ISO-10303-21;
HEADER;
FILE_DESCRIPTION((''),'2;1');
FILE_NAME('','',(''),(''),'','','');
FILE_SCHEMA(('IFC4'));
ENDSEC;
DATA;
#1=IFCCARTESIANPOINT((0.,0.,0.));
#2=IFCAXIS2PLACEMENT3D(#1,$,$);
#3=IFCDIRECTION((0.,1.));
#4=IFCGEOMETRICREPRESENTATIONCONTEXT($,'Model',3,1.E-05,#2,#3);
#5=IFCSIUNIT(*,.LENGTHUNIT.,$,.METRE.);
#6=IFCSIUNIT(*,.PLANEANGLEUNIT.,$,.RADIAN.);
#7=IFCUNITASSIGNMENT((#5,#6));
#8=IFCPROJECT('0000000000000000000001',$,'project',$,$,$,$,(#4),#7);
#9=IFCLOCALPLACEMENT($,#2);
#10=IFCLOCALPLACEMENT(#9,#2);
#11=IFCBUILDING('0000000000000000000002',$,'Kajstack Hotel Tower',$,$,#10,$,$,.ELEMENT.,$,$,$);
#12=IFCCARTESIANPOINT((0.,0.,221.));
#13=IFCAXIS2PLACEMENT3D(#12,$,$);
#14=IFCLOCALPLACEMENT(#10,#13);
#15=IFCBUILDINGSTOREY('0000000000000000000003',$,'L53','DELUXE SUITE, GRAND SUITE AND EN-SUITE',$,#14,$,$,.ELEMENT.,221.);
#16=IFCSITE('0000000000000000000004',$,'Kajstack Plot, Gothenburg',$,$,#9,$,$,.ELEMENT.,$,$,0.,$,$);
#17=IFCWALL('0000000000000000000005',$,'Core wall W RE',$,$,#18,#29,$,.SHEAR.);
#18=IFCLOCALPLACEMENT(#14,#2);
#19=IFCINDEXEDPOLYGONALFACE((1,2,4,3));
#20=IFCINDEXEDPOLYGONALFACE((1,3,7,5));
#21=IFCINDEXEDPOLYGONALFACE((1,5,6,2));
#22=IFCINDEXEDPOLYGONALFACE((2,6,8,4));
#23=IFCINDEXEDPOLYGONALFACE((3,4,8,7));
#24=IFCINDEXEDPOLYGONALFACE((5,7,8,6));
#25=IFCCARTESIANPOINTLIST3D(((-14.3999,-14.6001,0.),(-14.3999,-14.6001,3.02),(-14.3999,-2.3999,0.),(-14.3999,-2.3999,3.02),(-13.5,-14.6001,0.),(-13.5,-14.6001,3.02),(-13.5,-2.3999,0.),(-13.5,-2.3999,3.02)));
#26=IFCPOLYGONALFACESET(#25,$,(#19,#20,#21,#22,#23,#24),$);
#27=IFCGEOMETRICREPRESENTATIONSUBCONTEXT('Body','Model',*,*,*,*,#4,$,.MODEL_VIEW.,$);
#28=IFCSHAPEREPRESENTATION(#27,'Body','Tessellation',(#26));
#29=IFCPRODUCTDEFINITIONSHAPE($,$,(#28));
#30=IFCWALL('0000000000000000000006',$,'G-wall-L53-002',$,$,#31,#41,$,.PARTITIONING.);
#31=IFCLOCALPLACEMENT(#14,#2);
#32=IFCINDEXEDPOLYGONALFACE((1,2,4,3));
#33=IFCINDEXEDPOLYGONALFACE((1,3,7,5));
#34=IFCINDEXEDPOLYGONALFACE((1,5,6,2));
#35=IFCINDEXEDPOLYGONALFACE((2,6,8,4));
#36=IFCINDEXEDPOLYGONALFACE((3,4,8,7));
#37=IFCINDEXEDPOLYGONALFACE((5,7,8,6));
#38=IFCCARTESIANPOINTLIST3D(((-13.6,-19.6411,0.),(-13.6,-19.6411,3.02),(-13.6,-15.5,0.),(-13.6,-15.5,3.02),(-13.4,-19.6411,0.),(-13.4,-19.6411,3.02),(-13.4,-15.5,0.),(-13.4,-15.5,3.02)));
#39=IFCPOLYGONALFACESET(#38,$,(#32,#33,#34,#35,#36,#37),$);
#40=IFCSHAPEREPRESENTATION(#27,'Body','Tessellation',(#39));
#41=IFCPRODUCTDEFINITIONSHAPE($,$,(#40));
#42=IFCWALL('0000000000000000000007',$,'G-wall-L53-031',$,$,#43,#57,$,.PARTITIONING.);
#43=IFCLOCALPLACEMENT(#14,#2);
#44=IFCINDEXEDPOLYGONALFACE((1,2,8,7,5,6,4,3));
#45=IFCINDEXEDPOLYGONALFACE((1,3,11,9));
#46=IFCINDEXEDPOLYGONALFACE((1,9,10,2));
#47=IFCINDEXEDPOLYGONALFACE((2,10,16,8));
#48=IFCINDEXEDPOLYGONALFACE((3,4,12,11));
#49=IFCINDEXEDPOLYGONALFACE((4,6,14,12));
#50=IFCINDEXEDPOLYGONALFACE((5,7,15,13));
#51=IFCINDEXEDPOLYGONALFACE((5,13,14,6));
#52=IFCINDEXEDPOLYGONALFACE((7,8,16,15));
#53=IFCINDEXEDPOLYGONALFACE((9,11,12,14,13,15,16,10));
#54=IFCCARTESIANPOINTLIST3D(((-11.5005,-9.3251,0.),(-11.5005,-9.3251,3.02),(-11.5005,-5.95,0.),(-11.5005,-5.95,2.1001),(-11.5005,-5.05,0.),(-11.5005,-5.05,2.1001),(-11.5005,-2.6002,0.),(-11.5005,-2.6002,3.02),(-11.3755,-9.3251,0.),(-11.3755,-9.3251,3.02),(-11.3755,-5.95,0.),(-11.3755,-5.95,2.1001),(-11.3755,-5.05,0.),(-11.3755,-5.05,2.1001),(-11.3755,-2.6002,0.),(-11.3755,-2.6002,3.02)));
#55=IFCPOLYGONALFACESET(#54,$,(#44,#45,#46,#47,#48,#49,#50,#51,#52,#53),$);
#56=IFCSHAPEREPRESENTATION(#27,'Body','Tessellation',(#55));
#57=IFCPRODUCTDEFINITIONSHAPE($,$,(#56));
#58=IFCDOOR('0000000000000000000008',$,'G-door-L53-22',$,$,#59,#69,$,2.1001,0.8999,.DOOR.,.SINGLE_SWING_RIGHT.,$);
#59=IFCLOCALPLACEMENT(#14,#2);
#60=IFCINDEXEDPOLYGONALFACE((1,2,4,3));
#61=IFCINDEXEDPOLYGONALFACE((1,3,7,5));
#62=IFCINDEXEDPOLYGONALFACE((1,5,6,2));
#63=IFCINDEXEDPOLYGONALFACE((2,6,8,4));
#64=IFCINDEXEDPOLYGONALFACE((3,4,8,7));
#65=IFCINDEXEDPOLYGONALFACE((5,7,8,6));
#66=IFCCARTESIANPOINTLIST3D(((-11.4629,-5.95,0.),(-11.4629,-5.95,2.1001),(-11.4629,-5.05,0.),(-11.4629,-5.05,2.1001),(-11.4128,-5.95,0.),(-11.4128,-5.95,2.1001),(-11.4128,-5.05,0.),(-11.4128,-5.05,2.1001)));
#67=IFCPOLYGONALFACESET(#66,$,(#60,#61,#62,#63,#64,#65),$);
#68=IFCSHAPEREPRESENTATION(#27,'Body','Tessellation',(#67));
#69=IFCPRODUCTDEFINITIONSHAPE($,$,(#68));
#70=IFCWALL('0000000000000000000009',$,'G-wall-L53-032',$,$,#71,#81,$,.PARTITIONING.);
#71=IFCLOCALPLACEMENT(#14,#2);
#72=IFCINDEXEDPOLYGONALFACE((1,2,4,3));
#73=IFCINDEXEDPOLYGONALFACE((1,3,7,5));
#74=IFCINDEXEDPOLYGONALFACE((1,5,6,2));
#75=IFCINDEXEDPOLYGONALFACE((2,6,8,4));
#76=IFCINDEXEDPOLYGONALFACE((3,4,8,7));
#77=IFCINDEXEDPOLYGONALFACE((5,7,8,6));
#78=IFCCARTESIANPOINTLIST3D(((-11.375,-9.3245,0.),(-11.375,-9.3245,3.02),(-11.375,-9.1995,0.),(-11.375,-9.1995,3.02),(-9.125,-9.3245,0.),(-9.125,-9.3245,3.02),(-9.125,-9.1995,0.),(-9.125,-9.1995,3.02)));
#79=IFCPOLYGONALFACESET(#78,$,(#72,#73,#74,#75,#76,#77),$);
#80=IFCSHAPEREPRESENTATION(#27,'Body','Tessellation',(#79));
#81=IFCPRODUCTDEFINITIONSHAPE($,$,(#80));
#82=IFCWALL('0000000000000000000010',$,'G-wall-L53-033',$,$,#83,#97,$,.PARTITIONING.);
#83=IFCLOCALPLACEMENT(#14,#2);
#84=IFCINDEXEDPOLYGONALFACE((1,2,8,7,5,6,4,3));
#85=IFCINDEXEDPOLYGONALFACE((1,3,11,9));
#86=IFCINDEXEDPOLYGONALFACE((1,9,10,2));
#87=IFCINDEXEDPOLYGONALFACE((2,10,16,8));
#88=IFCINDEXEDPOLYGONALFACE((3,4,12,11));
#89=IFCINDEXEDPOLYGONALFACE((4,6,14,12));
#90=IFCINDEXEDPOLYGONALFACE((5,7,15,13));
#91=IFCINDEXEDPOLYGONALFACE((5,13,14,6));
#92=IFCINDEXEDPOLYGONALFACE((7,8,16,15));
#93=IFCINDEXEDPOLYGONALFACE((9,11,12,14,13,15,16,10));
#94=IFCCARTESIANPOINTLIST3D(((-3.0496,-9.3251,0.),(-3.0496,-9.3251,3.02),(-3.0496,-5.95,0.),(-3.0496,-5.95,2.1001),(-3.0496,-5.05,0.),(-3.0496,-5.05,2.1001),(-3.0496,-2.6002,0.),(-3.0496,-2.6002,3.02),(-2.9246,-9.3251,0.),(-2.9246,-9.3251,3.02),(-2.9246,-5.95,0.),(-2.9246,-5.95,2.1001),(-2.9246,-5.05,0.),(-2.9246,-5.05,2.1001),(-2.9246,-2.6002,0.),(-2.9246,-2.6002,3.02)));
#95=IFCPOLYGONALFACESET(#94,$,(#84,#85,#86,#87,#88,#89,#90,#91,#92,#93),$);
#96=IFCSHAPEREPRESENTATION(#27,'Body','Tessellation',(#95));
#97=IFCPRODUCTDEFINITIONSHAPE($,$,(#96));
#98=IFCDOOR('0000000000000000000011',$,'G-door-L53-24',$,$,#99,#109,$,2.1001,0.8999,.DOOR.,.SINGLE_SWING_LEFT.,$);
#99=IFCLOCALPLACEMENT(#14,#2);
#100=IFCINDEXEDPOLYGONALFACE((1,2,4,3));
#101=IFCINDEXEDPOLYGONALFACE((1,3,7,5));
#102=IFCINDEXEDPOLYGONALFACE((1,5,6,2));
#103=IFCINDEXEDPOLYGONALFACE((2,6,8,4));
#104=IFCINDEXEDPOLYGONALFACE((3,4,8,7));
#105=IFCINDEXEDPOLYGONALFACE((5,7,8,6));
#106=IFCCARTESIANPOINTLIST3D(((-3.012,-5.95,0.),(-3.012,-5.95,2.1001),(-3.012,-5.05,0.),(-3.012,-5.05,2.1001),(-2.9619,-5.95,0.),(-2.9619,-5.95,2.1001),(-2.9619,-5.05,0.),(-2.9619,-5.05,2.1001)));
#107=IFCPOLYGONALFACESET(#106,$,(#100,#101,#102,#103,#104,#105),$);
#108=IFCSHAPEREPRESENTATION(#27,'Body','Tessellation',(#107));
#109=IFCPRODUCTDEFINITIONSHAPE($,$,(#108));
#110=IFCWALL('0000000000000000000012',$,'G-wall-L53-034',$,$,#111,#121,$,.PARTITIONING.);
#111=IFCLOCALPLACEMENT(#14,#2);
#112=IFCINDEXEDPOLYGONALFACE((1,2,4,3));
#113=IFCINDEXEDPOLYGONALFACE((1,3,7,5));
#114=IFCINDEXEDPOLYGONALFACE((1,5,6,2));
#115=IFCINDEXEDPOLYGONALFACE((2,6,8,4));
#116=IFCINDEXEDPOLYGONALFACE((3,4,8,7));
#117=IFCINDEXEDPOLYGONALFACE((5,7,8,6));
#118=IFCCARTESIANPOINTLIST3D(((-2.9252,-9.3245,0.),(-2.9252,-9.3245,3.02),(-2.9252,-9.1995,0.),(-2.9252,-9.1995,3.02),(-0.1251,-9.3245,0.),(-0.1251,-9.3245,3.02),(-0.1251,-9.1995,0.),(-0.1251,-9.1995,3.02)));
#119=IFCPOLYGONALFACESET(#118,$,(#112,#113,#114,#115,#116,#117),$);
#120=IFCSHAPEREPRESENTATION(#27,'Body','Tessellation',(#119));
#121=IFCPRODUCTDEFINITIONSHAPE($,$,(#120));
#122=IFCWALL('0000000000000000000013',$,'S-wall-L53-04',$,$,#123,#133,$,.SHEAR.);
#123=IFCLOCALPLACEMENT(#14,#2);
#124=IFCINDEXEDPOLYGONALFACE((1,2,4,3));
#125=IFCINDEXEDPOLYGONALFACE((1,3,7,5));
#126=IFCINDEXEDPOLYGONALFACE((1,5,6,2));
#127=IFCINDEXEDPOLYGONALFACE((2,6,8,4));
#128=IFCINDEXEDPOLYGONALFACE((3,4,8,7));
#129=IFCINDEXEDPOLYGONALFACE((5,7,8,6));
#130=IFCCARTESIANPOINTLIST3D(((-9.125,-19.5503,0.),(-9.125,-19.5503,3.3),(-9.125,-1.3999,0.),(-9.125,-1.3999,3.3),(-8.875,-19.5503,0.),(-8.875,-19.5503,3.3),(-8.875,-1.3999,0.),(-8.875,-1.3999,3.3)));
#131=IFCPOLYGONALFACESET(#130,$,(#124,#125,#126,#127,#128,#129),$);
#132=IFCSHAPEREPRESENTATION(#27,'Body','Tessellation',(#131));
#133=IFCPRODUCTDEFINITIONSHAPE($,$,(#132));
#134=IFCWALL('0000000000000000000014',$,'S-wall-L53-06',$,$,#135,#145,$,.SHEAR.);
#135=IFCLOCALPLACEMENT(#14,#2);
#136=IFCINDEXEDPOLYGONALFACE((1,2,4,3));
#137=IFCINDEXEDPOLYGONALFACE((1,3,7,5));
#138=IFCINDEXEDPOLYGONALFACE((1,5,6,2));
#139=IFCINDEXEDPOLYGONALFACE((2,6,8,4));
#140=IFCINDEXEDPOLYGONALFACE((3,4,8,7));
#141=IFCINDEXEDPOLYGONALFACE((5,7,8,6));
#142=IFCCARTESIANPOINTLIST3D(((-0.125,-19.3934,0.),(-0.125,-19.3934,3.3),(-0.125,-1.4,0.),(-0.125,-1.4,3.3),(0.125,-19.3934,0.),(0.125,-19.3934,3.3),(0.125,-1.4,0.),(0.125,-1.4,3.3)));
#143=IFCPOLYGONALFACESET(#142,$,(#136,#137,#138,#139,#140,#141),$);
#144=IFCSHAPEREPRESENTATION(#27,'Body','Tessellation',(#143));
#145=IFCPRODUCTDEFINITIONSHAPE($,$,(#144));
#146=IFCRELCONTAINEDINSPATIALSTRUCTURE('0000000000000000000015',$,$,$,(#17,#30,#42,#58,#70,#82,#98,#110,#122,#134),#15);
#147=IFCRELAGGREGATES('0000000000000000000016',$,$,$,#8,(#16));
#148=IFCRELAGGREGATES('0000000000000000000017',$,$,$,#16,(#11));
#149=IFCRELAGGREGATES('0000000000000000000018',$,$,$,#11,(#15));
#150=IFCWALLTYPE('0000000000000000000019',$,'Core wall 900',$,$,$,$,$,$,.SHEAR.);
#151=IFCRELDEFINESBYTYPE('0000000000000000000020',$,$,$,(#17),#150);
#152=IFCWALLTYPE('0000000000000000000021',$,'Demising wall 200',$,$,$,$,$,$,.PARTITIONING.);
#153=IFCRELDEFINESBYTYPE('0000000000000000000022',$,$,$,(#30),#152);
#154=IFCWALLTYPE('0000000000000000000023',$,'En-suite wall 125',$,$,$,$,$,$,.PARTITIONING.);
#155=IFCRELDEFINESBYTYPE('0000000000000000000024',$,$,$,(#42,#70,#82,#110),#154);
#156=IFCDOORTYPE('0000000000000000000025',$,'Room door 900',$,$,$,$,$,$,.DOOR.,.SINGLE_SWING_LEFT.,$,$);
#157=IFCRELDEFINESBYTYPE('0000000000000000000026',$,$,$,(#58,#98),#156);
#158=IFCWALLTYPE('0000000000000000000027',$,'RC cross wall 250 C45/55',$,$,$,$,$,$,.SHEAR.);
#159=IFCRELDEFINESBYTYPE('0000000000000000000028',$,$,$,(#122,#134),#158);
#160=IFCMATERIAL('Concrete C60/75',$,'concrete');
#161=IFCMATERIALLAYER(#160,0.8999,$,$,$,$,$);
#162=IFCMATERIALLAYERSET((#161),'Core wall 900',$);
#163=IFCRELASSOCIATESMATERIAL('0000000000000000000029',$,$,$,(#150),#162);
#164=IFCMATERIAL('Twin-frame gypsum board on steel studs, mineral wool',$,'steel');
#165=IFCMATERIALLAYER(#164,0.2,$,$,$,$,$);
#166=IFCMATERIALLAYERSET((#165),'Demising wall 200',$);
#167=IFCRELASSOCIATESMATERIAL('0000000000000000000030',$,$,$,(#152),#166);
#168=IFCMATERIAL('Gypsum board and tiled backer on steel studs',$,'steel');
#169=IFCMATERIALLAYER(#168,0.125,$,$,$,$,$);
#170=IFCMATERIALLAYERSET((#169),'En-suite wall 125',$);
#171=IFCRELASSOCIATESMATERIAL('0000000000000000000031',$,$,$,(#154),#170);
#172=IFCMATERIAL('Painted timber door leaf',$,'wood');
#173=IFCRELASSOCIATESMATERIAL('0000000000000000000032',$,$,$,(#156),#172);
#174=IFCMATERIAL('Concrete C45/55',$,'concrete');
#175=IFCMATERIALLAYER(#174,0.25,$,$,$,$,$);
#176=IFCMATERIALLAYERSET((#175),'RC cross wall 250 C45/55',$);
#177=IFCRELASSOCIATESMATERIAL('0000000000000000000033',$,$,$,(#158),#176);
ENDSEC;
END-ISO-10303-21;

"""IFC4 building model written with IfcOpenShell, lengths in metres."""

from ifc_helpers import new_model, si_unit, direction, frame, frame_2d, origin, place, context, subcontext, project, spatial, rectangle, extrude, material, layer, layer_set, type_object, element, fill, save


model = new_model("IFC4")

# Units and contexts
model_context = context("Model", 3, precision=1e-05, world=origin(), true_north=direction((0.0, 1.0)))
body_context = subcontext(model_context, "Body", "Model", "MODEL_VIEW")
ifc_project = project(units=[si_unit("LENGTHUNIT", "METRE"), si_unit("PLANEANGLEUNIT", "RADIAN")], contexts=[model_context])

# Site, building, storey
site_placement = place(None, origin())
site = spatial("IfcSite", under=ifc_project, at=site_placement, Name="Kajstack Plot, Gothenburg", CompositionType="ELEMENT", RefElevation=0.0)
building_placement = place(site_placement, origin())
building = spatial("IfcBuilding", under=site, at=building_placement, Name="Kajstack Hotel Tower", CompositionType="ELEMENT")
storey_placement = place(building_placement, frame((0.0, 0.0, 221.0)))
storey = spatial("IfcBuildingStorey", under=building, at=storey_placement, Name="L53", Description="DELUXE SUITE, GRAND SUITE AND EN-SUITE", CompositionType="ELEMENT", Elevation=221.0)

# Walls
ifc_material_1 = material(Name="Concrete C60/75", Category="concrete")
ifc_layer_1 = layer(ifc_material_1, 0.8999)
ifc_layer_set_1 = layer_set([ifc_layer_1], Name="Core wall 900")
wall_type_1 = type_object("IfcWallType", Name="Core wall 900", PredefinedType="SHEAR", material=ifc_layer_set_1)
wall_1_placement = place(storey_placement, frame((-13.95, -14.6001, 0.0), z_axis=(0.0, 0.0, 1.0), x_axis=(0.0, 1.0, 0.0)))
element("IfcWall", 1, at=wall_1_placement, inside=storey, type_object=wall_type_1, Name="Core wall W RE", PredefinedType="SHEAR", context=body_context, shape_type="SweptSolid", body=[
    extrude(rectangle(XDim=12.2002, YDim=0.8999, at=frame_2d((6.1001, 0.0))), origin(), (0.0, 0.0, 1.0), 3.02),
])
ifc_material_2 = material(Name="Twin-frame gypsum board on steel studs, mineral wool", Category="steel")
ifc_layer_2 = layer(ifc_material_2, 0.2)
ifc_layer_set_2 = layer_set([ifc_layer_2], Name="Demising wall 200")
wall_type_2 = type_object("IfcWallType", Name="Demising wall 200", PredefinedType="PARTITIONING", material=ifc_layer_set_2)
wall_2_placement = place(storey_placement, frame((-13.5, -19.6411, 0.0), z_axis=(0.0, 0.0, 1.0), x_axis=(0.0, 1.0, 0.0)))
element("IfcWall", 2, at=wall_2_placement, inside=storey, type_object=wall_type_2, Name="G-wall-L53-002", PredefinedType="PARTITIONING", context=body_context, shape_type="SweptSolid", body=[
    extrude(rectangle(XDim=4.1411, YDim=0.2, at=frame_2d((2.0706, 0.0))), origin(), (0.0, 0.0, 1.0), 3.02),
])

# Wall, opening, door
ifc_material_3 = material(Name="Gypsum board and tiled backer on steel studs", Category="steel")
ifc_layer_3 = layer(ifc_material_3, 0.125)
ifc_layer_set_3 = layer_set([ifc_layer_3], Name="En-suite wall 125")
wall_type_3 = type_object("IfcWallType", Name="En-suite wall 125", PredefinedType="PARTITIONING", material=ifc_layer_set_3)
wall_3_placement = place(storey_placement, frame((-11.438, -9.325, 0.0), z_axis=(0.0, 0.0, 1.0), x_axis=(0.0, 1.0, 0.0)))
wall_3 = element("IfcWall", 3, at=wall_3_placement, inside=storey, type_object=wall_type_3, Name="G-wall-L53-031", PredefinedType="PARTITIONING", context=body_context, shape_type="SweptSolid", body=[
    extrude(rectangle(XDim=6.7249, YDim=0.125, at=frame_2d((3.3623, 0.0))), origin(), (0.0, 0.0, 1.0), 3.02),
])
opening_1_placement = place(wall_3_placement, frame((3.375, 0.0, 0.0)))
opening_1 = element("IfcOpeningElement", 4, at=opening_1_placement, cuts=wall_3, PredefinedType="OPENING", context=body_context, shape_type="SweptSolid", body=[
    extrude(rectangle(XDim=0.8999, YDim=2.1001, at=frame_2d((0.45, 1.05))), frame((0.0, 0.0725, 0.0), z_axis=(0.0, -1.0, 0.0), x_axis=(1.0, 0.0, 0.0)), (0.0, 0.0, 1.0), 0.145),
])
ifc_material_4 = material(Name="Painted timber door leaf", Category="wood")
door_type = type_object("IfcDoorType", Name="Room door 900", OperationType="SINGLE_SWING_LEFT", PredefinedType="DOOR", material=ifc_material_4)
door_1_placement = place(opening_1_placement, origin())
door_1 = element("IfcDoor", 5, at=door_1_placement, inside=storey, type_object=door_type, Name="G-door-L53-22", OperationType="SINGLE_SWING_RIGHT", OverallHeight=2.1001, OverallWidth=0.8999, PredefinedType="DOOR", context=body_context, shape_type="SweptSolid", body=[
    extrude(rectangle(XDim=0.8999, YDim=2.1001, at=frame_2d((0.45, 1.05))), frame((0.0, 0.0249, 0.0), z_axis=(0.0, -1.0, 0.0), x_axis=(1.0, 0.0, 0.0)), (0.0, 0.0, 1.0), 0.05),
])
fill(opening_1, door_1)

# Wall
wall_4_placement = place(storey_placement, frame((-11.375, -9.262, 0.0), z_axis=(0.0, 0.0, 1.0), x_axis=(1.0, 0.0, 0.0)))
element("IfcWall", 6, at=wall_4_placement, inside=storey, type_object=wall_type_3, Name="G-wall-L53-032", PredefinedType="PARTITIONING", context=body_context, shape_type="SweptSolid", body=[
    extrude(rectangle(XDim=2.25, YDim=0.125, at=frame_2d((1.125, 0.0))), origin(), (0.0, 0.0, 1.0), 3.02),
])

# Wall, opening, door
wall_5_placement = place(storey_placement, frame((-2.9871, -9.325, 0.0), z_axis=(0.0, 0.0, 1.0), x_axis=(0.0, 1.0, 0.0)))
wall_5 = element("IfcWall", 7, at=wall_5_placement, inside=storey, type_object=wall_type_3, Name="G-wall-L53-033", PredefinedType="PARTITIONING", context=body_context, shape_type="SweptSolid", body=[
    extrude(rectangle(XDim=6.7249, YDim=0.125, at=frame_2d((3.3623, 0.0))), origin(), (0.0, 0.0, 1.0), 3.02),
])
opening_2_placement = place(wall_5_placement, frame((3.375, 0.0, 0.0)))
opening_2 = element("IfcOpeningElement", 8, at=opening_2_placement, cuts=wall_5, PredefinedType="OPENING", context=body_context, shape_type="SweptSolid", body=[
    extrude(rectangle(XDim=0.8999, YDim=2.1001, at=frame_2d((0.45, 1.05))), frame((0.0, 0.0725, 0.0), z_axis=(0.0, -1.0, 0.0), x_axis=(1.0, 0.0, 0.0)), (0.0, 0.0, 1.0), 0.145),
])
door_2_placement = place(opening_2_placement, origin())
door_2 = element("IfcDoor", 9, at=door_2_placement, inside=storey, type_object=door_type, Name="G-door-L53-24", OperationType="SINGLE_SWING_LEFT", OverallHeight=2.1001, OverallWidth=0.8999, PredefinedType="DOOR", context=body_context, shape_type="SweptSolid", body=[
    extrude(rectangle(XDim=0.8999, YDim=2.1001, at=frame_2d((0.45, 1.05))), frame((0.0, 0.0249, 0.0), z_axis=(0.0, -1.0, 0.0), x_axis=(1.0, 0.0, 0.0)), (0.0, 0.0, 1.0), 0.05),
])
fill(opening_2, door_2)

# Walls
wall_6_placement = place(storey_placement, frame((-2.925, -9.262, 0.0), z_axis=(0.0, 0.0, 1.0), x_axis=(1.0, 0.0, 0.0)))
element("IfcWall", 10, at=wall_6_placement, inside=storey, type_object=wall_type_3, Name="G-wall-L53-034", PredefinedType="PARTITIONING", context=body_context, shape_type="SweptSolid", body=[
    extrude(rectangle(XDim=2.8, YDim=0.125, at=frame_2d((1.3999, 0.0))), origin(), (0.0, 0.0, 1.0), 3.02),
])
ifc_material_5 = material(Name="Concrete C45/55", Category="concrete")
ifc_layer_4 = layer(ifc_material_5, 0.25)
ifc_layer_set_4 = layer_set([ifc_layer_4], Name="RC cross wall 250 C45/55")
wall_type_4 = type_object("IfcWallType", Name="RC cross wall 250 C45/55", PredefinedType="SHEAR", material=ifc_layer_set_4)
wall_7_placement = place(storey_placement, frame((-9.0, -19.5503, 0.0), z_axis=(0.0, 0.0, 1.0), x_axis=(0.0, 1.0, 0.0)))
element("IfcWall", 11, at=wall_7_placement, inside=storey, type_object=wall_type_4, Name="S-wall-L53-04", PredefinedType="SHEAR", context=body_context, shape_type="SweptSolid", body=[
    extrude(rectangle(XDim=18.1504, YDim=0.25, at=frame_2d((9.0752, 0.0))), origin(), (0.0, 0.0, 1.0), 3.3),
])
wall_8_placement = place(storey_placement, frame((0.0, -19.3933, 0.0), z_axis=(0.0, 0.0, 1.0), x_axis=(0.0, 1.0, 0.0)))
element("IfcWall", 12, at=wall_8_placement, inside=storey, type_object=wall_type_4, Name="S-wall-L53-06", PredefinedType="SHEAR", context=body_context, shape_type="SweptSolid", body=[
    extrude(rectangle(XDim=17.9934, YDim=0.25, at=frame_2d((8.9966, 0.0))), origin(), (0.0, 0.0, 1.0), 3.3),
])

save(model, "model.ifc")
